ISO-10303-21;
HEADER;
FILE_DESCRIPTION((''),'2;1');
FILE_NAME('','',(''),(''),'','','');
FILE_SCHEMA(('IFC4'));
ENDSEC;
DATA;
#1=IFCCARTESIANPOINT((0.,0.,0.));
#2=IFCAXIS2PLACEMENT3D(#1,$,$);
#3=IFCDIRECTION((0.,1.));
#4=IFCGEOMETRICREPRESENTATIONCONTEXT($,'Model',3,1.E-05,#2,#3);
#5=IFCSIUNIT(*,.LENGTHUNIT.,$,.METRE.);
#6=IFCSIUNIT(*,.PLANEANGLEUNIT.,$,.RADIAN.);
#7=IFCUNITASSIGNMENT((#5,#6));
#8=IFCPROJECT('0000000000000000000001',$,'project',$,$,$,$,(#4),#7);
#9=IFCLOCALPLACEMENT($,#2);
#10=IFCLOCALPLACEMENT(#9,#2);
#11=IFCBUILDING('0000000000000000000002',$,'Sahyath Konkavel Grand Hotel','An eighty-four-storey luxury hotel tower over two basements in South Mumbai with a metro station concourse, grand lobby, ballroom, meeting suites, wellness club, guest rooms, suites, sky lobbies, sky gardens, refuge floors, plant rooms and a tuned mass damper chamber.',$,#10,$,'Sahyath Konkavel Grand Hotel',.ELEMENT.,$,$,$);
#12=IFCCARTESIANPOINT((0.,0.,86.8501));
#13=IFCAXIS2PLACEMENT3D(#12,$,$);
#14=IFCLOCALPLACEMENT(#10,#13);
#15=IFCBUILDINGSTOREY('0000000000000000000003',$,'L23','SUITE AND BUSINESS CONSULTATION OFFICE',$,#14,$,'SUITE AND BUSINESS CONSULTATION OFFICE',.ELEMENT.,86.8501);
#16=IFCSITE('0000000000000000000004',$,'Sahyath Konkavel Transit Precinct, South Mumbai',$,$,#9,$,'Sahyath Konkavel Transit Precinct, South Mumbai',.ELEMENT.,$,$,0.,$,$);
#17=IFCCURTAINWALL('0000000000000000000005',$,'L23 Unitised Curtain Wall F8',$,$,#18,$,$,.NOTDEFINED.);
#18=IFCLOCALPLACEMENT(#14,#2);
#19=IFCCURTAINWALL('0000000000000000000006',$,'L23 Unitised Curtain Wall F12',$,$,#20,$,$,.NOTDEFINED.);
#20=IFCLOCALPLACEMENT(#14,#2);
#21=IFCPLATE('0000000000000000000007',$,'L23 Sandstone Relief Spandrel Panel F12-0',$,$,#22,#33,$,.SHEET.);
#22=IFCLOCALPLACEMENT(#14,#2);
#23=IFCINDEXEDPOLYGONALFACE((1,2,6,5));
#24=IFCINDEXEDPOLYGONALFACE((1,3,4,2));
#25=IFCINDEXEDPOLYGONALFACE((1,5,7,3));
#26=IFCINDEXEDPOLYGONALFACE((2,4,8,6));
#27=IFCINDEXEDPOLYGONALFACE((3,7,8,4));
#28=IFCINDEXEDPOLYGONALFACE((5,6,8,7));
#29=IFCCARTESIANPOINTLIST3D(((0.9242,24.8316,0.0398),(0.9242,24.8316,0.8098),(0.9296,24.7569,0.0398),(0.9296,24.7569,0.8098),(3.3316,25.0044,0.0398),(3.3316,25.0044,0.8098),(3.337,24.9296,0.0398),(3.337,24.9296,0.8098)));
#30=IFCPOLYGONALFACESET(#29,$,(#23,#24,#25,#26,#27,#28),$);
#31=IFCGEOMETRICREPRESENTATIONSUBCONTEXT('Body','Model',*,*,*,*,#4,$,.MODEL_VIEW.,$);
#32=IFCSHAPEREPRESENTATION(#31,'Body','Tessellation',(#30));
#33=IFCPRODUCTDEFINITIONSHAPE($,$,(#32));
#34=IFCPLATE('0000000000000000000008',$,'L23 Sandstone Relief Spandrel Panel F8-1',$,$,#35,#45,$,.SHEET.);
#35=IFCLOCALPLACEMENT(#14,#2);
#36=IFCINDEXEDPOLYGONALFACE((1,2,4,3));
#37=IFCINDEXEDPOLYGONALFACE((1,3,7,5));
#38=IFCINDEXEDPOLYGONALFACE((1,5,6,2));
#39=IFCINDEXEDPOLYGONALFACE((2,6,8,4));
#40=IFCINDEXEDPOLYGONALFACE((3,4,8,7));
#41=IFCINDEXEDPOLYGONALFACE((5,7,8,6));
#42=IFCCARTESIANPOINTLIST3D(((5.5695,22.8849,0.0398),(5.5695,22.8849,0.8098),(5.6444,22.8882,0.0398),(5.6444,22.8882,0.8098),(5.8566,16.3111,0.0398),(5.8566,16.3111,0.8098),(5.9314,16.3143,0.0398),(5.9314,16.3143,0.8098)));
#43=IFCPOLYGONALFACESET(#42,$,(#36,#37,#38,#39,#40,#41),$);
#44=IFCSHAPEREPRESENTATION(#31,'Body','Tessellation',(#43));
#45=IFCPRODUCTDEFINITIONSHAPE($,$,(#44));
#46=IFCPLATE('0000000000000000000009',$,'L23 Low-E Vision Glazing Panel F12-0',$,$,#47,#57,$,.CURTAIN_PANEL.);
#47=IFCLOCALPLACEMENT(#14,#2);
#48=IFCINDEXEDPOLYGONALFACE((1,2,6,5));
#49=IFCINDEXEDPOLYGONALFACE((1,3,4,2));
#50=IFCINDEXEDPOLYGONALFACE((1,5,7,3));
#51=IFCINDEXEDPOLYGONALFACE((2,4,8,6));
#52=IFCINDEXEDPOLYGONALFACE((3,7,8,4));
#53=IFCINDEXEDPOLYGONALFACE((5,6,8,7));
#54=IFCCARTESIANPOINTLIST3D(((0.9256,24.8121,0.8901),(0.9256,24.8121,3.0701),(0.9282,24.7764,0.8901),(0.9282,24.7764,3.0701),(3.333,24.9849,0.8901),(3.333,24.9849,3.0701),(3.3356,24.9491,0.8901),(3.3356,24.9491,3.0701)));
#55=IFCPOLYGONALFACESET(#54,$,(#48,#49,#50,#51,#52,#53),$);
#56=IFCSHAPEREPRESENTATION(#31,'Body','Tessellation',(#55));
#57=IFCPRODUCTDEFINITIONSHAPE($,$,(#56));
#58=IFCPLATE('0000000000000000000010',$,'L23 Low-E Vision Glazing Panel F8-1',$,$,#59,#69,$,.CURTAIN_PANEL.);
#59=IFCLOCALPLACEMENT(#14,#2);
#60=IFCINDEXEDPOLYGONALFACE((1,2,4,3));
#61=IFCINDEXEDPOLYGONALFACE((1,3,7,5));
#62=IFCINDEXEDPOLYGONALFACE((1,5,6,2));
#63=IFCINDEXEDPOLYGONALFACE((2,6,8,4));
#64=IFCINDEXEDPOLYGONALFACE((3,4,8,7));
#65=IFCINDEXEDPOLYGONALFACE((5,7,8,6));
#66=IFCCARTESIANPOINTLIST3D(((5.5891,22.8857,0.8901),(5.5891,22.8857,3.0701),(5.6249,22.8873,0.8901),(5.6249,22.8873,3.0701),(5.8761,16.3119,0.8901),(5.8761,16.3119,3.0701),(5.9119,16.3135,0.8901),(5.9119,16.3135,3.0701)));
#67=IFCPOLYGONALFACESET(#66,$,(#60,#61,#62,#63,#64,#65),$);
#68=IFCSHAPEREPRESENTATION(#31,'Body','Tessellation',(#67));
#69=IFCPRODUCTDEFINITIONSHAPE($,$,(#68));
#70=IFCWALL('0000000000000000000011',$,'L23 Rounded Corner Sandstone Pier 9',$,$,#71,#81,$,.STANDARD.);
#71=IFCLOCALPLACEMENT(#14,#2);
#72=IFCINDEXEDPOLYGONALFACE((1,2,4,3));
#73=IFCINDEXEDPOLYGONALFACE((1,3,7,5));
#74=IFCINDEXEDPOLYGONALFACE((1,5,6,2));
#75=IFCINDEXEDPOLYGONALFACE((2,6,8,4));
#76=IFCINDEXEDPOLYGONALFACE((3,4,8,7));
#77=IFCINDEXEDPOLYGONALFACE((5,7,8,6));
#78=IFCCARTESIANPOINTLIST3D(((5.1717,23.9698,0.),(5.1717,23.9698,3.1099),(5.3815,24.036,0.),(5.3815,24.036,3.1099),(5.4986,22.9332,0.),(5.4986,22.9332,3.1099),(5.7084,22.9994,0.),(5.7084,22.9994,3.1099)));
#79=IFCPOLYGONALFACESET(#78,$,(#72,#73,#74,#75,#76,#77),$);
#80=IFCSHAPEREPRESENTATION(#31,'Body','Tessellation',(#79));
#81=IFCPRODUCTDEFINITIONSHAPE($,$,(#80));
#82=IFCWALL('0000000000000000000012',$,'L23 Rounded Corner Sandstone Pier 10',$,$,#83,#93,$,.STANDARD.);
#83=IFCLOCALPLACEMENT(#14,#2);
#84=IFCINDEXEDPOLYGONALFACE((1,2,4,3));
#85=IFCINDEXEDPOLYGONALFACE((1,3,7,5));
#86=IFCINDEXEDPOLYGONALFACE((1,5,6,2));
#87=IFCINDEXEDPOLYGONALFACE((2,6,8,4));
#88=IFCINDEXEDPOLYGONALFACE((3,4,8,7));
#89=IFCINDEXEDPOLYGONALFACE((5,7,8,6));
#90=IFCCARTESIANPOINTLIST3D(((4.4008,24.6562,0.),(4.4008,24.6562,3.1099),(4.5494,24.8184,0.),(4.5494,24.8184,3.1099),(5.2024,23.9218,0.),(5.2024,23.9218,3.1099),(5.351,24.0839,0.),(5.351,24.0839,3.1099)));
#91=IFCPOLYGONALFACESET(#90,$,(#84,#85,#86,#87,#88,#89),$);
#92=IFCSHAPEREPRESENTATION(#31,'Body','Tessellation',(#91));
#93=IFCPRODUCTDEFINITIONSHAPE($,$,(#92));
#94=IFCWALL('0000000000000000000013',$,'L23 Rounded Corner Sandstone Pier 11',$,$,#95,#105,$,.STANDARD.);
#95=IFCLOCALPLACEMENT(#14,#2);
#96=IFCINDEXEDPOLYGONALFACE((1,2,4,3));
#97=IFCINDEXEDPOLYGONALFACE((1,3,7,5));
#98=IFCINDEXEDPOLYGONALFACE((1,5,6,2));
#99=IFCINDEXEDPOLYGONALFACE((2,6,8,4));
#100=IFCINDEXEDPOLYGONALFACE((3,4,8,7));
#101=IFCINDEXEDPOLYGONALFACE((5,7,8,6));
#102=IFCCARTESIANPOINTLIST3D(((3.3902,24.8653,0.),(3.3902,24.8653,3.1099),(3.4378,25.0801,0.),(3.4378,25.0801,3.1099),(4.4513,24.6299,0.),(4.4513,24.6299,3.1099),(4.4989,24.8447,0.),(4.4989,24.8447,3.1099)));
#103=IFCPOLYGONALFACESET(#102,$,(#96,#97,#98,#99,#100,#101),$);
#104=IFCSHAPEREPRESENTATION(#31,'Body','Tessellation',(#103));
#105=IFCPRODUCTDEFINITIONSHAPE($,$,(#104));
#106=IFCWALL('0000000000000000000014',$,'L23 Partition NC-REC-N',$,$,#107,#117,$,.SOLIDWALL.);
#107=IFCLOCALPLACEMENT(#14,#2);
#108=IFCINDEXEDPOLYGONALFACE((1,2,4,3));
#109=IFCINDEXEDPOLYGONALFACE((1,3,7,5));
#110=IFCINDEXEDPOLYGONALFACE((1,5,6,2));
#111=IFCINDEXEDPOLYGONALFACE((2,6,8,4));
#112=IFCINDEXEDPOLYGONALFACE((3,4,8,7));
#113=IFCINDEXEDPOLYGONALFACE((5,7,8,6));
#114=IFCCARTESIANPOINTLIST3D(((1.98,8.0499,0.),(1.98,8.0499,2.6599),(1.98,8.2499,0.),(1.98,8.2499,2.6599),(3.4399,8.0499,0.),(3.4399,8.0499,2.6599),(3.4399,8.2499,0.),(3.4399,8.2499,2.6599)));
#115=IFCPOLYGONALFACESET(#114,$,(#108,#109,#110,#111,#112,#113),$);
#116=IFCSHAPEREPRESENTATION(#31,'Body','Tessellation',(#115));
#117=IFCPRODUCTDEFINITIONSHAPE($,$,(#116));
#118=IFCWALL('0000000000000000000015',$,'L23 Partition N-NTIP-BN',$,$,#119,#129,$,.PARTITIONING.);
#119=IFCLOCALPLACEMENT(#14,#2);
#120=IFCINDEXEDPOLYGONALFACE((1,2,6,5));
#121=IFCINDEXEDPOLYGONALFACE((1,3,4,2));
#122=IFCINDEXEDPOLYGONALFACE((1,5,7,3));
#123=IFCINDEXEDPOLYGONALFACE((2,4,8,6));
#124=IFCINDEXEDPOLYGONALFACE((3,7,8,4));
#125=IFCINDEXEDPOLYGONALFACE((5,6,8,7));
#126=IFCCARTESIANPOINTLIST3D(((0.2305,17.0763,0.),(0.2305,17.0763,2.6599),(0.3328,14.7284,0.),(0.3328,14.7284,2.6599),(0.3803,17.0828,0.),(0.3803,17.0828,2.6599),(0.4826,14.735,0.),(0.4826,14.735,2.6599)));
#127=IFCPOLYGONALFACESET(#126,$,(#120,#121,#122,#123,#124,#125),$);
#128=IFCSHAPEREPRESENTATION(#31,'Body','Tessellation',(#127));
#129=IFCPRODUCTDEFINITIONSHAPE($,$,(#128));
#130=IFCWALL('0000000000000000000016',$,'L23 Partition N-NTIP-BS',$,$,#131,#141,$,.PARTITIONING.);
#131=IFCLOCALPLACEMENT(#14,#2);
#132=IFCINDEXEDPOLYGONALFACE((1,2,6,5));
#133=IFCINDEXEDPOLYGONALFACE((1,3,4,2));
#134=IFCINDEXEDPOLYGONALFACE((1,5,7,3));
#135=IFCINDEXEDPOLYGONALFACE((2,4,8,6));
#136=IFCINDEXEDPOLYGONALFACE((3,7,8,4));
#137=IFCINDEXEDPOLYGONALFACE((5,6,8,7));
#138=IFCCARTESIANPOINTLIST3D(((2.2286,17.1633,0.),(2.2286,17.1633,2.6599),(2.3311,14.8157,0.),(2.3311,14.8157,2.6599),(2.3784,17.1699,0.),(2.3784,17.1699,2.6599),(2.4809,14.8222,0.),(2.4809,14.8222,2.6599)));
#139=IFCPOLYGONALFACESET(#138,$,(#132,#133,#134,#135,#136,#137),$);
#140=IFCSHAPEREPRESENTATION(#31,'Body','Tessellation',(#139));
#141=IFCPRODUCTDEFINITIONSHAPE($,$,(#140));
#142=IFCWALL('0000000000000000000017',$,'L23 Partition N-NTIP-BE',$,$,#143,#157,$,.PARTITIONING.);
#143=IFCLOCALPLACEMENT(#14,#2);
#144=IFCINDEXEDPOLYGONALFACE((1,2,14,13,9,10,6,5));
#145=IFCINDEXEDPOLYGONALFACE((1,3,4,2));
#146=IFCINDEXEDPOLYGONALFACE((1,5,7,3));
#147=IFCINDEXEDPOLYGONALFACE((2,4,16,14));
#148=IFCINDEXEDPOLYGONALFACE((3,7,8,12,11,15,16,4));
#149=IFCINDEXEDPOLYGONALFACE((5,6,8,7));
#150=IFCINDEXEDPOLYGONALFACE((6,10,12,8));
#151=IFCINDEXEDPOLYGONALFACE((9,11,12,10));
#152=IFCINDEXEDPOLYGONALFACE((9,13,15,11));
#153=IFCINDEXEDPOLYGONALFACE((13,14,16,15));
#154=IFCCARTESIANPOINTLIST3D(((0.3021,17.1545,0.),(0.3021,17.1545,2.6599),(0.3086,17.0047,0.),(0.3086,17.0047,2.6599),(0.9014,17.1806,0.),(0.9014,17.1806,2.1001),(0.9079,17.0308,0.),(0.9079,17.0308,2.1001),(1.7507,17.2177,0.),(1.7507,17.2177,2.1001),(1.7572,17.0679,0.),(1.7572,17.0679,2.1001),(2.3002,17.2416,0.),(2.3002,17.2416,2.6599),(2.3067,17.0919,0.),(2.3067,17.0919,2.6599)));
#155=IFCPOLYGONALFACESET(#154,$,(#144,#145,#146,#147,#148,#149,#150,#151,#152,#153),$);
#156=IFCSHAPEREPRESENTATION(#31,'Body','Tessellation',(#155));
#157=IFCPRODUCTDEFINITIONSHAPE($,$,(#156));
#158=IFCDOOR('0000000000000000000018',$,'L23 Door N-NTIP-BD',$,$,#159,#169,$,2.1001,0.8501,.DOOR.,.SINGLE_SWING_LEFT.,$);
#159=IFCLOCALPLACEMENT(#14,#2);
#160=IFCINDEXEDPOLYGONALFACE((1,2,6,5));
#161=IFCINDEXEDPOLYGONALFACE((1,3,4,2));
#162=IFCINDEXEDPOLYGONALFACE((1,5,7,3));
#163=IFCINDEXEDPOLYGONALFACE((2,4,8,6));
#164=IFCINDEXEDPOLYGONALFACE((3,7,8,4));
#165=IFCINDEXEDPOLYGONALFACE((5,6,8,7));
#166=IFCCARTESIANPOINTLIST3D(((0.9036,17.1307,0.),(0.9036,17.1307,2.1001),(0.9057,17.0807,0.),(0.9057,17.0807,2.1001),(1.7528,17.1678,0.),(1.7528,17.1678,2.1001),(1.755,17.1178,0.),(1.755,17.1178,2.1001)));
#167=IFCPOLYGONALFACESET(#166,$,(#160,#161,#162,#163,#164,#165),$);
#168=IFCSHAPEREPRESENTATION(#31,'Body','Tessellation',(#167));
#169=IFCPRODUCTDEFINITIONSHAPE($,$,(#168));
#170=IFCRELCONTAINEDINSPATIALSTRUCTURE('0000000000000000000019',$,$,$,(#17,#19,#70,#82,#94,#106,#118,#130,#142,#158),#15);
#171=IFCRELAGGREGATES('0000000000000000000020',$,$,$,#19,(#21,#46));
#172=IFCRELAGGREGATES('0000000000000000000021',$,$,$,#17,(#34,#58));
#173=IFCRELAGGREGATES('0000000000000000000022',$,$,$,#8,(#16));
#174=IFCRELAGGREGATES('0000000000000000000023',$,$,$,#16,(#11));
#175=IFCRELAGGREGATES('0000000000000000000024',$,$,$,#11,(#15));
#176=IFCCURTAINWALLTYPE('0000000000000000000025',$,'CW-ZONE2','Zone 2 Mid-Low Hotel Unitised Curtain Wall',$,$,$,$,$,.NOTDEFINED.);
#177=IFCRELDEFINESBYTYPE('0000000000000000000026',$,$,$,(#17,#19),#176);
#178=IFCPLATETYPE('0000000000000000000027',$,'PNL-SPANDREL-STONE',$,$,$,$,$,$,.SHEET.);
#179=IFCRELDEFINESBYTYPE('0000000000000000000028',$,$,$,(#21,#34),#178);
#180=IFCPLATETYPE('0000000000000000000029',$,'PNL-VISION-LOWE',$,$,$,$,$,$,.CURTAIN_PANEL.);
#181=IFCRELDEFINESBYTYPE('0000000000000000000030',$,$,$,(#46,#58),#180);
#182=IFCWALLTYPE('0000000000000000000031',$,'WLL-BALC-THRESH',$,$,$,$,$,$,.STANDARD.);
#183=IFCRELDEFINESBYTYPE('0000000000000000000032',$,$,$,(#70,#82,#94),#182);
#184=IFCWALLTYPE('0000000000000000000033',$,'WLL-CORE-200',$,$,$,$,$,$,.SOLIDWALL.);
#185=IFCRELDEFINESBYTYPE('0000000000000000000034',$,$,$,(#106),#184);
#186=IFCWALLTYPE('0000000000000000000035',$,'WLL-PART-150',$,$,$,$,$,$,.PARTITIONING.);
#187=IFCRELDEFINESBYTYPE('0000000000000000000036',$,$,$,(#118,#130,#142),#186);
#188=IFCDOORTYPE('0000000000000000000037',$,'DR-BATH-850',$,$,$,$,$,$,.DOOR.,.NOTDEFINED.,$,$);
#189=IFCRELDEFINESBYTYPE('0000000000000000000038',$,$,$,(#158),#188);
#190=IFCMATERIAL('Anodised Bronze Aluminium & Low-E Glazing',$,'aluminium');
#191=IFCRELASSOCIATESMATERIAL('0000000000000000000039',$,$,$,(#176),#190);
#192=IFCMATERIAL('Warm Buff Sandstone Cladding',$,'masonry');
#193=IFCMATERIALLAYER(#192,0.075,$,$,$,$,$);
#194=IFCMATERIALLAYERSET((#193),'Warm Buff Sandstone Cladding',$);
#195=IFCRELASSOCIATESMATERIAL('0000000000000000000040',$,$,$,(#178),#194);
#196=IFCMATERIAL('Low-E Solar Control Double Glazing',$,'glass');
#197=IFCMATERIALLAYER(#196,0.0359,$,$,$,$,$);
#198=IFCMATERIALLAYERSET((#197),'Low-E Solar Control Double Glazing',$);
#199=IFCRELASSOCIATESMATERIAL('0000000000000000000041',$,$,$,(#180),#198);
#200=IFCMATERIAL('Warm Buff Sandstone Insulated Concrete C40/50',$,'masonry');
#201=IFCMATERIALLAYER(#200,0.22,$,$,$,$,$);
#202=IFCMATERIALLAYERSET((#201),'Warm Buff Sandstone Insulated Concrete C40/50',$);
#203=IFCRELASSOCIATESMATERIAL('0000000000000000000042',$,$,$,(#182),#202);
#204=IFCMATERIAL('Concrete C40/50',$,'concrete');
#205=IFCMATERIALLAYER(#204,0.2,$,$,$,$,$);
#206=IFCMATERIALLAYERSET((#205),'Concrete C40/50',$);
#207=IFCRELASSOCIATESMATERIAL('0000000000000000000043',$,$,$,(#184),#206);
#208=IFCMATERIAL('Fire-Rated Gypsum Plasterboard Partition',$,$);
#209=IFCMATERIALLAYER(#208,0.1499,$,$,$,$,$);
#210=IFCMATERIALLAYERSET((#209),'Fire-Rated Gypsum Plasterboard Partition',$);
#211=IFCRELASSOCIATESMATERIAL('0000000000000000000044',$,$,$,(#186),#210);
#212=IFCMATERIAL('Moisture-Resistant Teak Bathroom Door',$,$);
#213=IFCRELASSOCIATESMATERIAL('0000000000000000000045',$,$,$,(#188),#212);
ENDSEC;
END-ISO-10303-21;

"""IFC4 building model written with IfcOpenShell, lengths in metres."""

from ifc_helpers import new_model, si_unit, direction, frame, frame_2d, origin, origin_2d, place, context, subcontext, project, spatial, rectangle, extrude, source, transform, mapped, material, layer, layer_set, type_object, element, fill, aggregate, save


model = new_model("IFC4")

# Units and contexts
model_context = context("Model", 3, precision=1e-05, world=origin(), true_north=direction((0.0, 1.0)))
body_context = subcontext(model_context, "Body", "Model", "MODEL_VIEW")
ifc_project = project(units=[si_unit("LENGTHUNIT", "METRE"), si_unit("PLANEANGLEUNIT", "RADIAN")], contexts=[model_context])

# Site, building, storey
site_placement = place(None, origin())
site = spatial("IfcSite", under=ifc_project, at=site_placement, Name="Sahyath Konkavel Transit Precinct, South Mumbai", LongName="Sahyath Konkavel Transit Precinct, South Mumbai", CompositionType="ELEMENT", RefElevation=0.0)
building_placement = place(site_placement, origin())
building = spatial("IfcBuilding", under=site, at=building_placement, Name="Sahyath Konkavel Grand Hotel", Description="An eighty-four-storey luxury hotel tower over two basements in South Mumbai with a metro station concourse, grand lobby, ballroom, meeting suites, wellness club, guest rooms, suites, sky lobbies, sky gardens, refuge floors, plant rooms and a tuned mass damper chamber.", LongName="Sahyath Konkavel Grand Hotel", CompositionType="ELEMENT")
storey_placement = place(building_placement, frame((0.0, 0.0, 86.8501)))
storey = spatial("IfcBuildingStorey", under=building, at=storey_placement, Name="L23", Description="SUITE AND BUSINESS CONSULTATION OFFICE", LongName="SUITE AND BUSINESS CONSULTATION OFFICE", CompositionType="ELEMENT", Elevation=86.8501)

# Curtain wall
ifc_material_1 = material(Name="Anodised Bronze Aluminium & Low-E Glazing", Category="aluminium")
curtain_wall_type = type_object("IfcCurtainWallType", Name="CW-ZONE2", Description="Zone 2 Mid-Low Hotel Unitised Curtain Wall", PredefinedType="NOTDEFINED", material=ifc_material_1)
curtain_wall_1_placement = place(storey_placement, origin())
curtain_wall_1 = element("IfcCurtainWall", 1, at=curtain_wall_1_placement, inside=storey, type_object=curtain_wall_type, Name="L23 Unitised Curtain Wall F8", PredefinedType="NOTDEFINED")

# Curtain wall, plate
curtain_wall_2_placement = place(storey_placement, origin())
curtain_wall_2 = element("IfcCurtainWall", 2, at=curtain_wall_2_placement, inside=storey, type_object=curtain_wall_type, Name="L23 Unitised Curtain Wall F12", PredefinedType="NOTDEFINED")
ifc_material_2 = material(Name="Warm Buff Sandstone Cladding", Category="masonry")
ifc_layer_1 = layer(ifc_material_2, 0.075)
ifc_layer_set_1 = layer_set([ifc_layer_1], Name="Warm Buff Sandstone Cladding")
plate_type_1 = type_object("IfcPlateType", Name="PNL-SPANDREL-STONE", PredefinedType="SHEET", material=ifc_layer_set_1)
shared_shape_1 = source(origin(), body_context, "Body", "SweptSolid", [
    extrude(rectangle(XDim=2.4136, YDim=0.075, at=origin_2d()), origin(), (0.0, 0.0, 1.0), 0.77),
])
plate_1_placement = place(storey_placement, frame((2.1306, 24.8806, 0.0398), z_axis=(0.0, 0.0, 1.0), x_axis=(-0.997436, -0.071567, 0.0)))
plate_1 = element("IfcPlate", 3, at=plate_1_placement, type_object=plate_type_1, Name="L23 Sandstone Relief Spandrel Panel F12-0", PredefinedType="SHEET", context=body_context, shape_type="MappedRepresentation", body=[
    mapped(shared_shape_1, transform((0.0, 0.0, 0.0), scale=1.0)),
])

# Plates
shared_shape_2 = source(origin(), body_context, "Body", "SweptSolid", [
    extrude(rectangle(XDim=6.5801, YDim=0.075, at=origin_2d()), origin(), (0.0, 0.0, 1.0), 0.77),
])
plate_2_placement = place(storey_placement, frame((5.7505, 19.5996, 0.0398), z_axis=(0.0, 0.0, 1.0), x_axis=(-0.043619, 0.999048, 0.0)))
plate_2 = element("IfcPlate", 4, at=plate_2_placement, type_object=plate_type_1, Name="L23 Sandstone Relief Spandrel Panel F8-1", PredefinedType="SHEET", context=body_context, shape_type="MappedRepresentation", body=[
    mapped(shared_shape_2, transform((0.0, 0.0, 0.0), scale=1.0)),
])
ifc_material_3 = material(Name="Low-E Solar Control Double Glazing", Category="glass")
ifc_layer_2 = layer(ifc_material_3, 0.0359)
ifc_layer_set_2 = layer_set([ifc_layer_2], Name="Low-E Solar Control Double Glazing")
plate_type_2 = type_object("IfcPlateType", Name="PNL-VISION-LOWE", PredefinedType="CURTAIN_PANEL", material=ifc_layer_set_2)
shared_shape_3 = source(origin(), body_context, "Body", "SweptSolid", [
    extrude(rectangle(XDim=2.4136, YDim=0.0359, at=origin_2d()), origin(), (0.0, 0.0, 1.0), 2.1799),
])
plate_3_placement = place(storey_placement, frame((2.1306, 24.8806, 0.8901), z_axis=(0.0, 0.0, 1.0), x_axis=(-0.997436, -0.071567, 0.0)))
plate_3 = element("IfcPlate", 5, at=plate_3_placement, type_object=plate_type_2, Name="L23 Low-E Vision Glazing Panel F12-0", PredefinedType="CURTAIN_PANEL", context=body_context, shape_type="MappedRepresentation", body=[
    mapped(shared_shape_3, transform((0.0, 0.0, 0.0), scale=1.0)),
])
aggregate(curtain_wall_2, [plate_1, plate_3])
shared_shape_4 = source(origin(), body_context, "Body", "SweptSolid", [
    extrude(rectangle(XDim=6.5801, YDim=0.0359, at=origin_2d()), origin(), (0.0, 0.0, 1.0), 2.1799),
])
plate_4_placement = place(storey_placement, frame((5.7505, 19.5996, 0.8901), z_axis=(0.0, 0.0, 1.0), x_axis=(-0.043619, 0.999048, 0.0)))
plate_4 = element("IfcPlate", 6, at=plate_4_placement, type_object=plate_type_2, Name="L23 Low-E Vision Glazing Panel F8-1", PredefinedType="CURTAIN_PANEL", context=body_context, shape_type="MappedRepresentation", body=[
    mapped(shared_shape_4, transform((0.0, 0.0, 0.0), scale=1.0)),
])
aggregate(curtain_wall_1, [plate_2, plate_4])

# Walls
ifc_material_4 = material(Name="Warm Buff Sandstone Insulated Concrete C40/50", Category="masonry")
ifc_layer_3 = layer(ifc_material_4, 0.22)
ifc_layer_set_3 = layer_set([ifc_layer_3], Name="Warm Buff Sandstone Insulated Concrete C40/50")
wall_type_1 = type_object("IfcWallType", Name="WLL-BALC-THRESH", PredefinedType="STANDARD", material=ifc_layer_set_3)
wall_1_placement = place(storey_placement, frame((5.6035, 22.9663, 0.0), z_axis=(0.0, 0.0, 1.0), x_axis=(-0.300755, 0.953701, 0.0)))
element("IfcWall", 7, at=wall_1_placement, inside=storey, type_object=wall_type_1, Name="L23 Rounded Corner Sandstone Pier 9", PredefinedType="STANDARD", context=body_context, shape_type="SweptSolid", body=[
    extrude(rectangle(XDim=1.0869, YDim=0.22, at=frame_2d((0.5435, 0.0))), origin(), (0.0, 0.0, 1.0), 3.1099),
])
wall_2_placement = place(storey_placement, frame((5.2766, 24.0029, 0.0), z_axis=(0.0, 0.0, 1.0), x_axis=(-0.737313, 0.675552, 0.0)))
element("IfcWall", 8, at=wall_2_placement, inside=storey, type_object=wall_type_1, Name="L23 Rounded Corner Sandstone Pier 10", PredefinedType="STANDARD", context=body_context, shape_type="SweptSolid", body=[
    extrude(rectangle(XDim=1.0872, YDim=0.22, at=frame_2d((0.5435, 0.0))), origin(), (0.0, 0.0, 1.0), 3.1099),
])
wall_3_placement = place(storey_placement, frame((4.4751, 24.7373, 0.0), z_axis=(0.0, 0.0, 1.0), x_axis=(-0.976272, 0.21655, 0.0)))
element("IfcWall", 9, at=wall_3_placement, inside=storey, type_object=wall_type_1, Name="L23 Rounded Corner Sandstone Pier 11", PredefinedType="STANDARD", context=body_context, shape_type="SweptSolid", body=[
    extrude(rectangle(XDim=1.0869, YDim=0.22, at=frame_2d((0.5435, 0.0))), origin(), (0.0, 0.0, 1.0), 3.1099),
])
ifc_material_5 = material(Name="Concrete C40/50", Category="concrete")
ifc_layer_4 = layer(ifc_material_5, 0.2)
ifc_layer_set_4 = layer_set([ifc_layer_4], Name="Concrete C40/50")
wall_type_2 = type_object("IfcWallType", Name="WLL-CORE-200", PredefinedType="SOLIDWALL", material=ifc_layer_set_4)
wall_4_placement = place(storey_placement, frame((1.98, 8.1499, 0.0), z_axis=(0.0, 0.0, 1.0), x_axis=(1.0, 0.0, 0.0)))
element("IfcWall", 10, at=wall_4_placement, inside=storey, type_object=wall_type_2, Name="L23 Partition NC-REC-N", PredefinedType="SOLIDWALL", context=body_context, shape_type="SweptSolid", body=[
    extrude(rectangle(XDim=1.46, YDim=0.2, at=frame_2d((0.73, 0.0))), origin(), (0.0, 0.0, 1.0), 2.6599),
])
ifc_material_6 = material(Name="Fire-Rated Gypsum Plasterboard Partition")
ifc_layer_5 = layer(ifc_material_6, 0.1499)
ifc_layer_set_5 = layer_set([ifc_layer_5], Name="Fire-Rated Gypsum Plasterboard Partition")
wall_type_3 = type_object("IfcWallType", Name="WLL-PART-150", PredefinedType="PARTITIONING", material=ifc_layer_set_5)
wall_5_placement = place(storey_placement, frame((0.4077, 14.7317, 0.0), z_axis=(0.0, 0.0, 1.0), x_axis=(-0.043527, 0.999052, 0.0)))
element("IfcWall", 11, at=wall_5_placement, inside=storey, type_object=wall_type_3, Name="L23 Partition N-NTIP-BN", PredefinedType="PARTITIONING", context=body_context, shape_type="SweptSolid", body=[
    extrude(rectangle(XDim=2.3501, YDim=0.1499, at=frame_2d((1.175, 0.0))), origin(), (0.0, 0.0, 1.0), 2.6599),
])
wall_6_placement = place(storey_placement, frame((2.406, 14.8191, 0.0), z_axis=(0.0, 0.0, 1.0), x_axis=(-0.043636, 0.999048, 0.0)))
element("IfcWall", 12, at=wall_6_placement, inside=storey, type_object=wall_type_3, Name="L23 Partition N-NTIP-BS", PredefinedType="PARTITIONING", context=body_context, shape_type="SweptSolid", body=[
    extrude(rectangle(XDim=2.3499, YDim=0.1499, at=frame_2d((1.1748, 0.0))), origin(), (0.0, 0.0, 1.0), 2.6599),
])

# Wall, opening, door
wall_7_placement = place(storey_placement, frame((2.3035, 17.1667, 0.0), z_axis=(0.0, 0.0, 1.0), x_axis=(-0.99905, -0.04358, 0.0)))
wall_7 = element("IfcWall", 13, at=wall_7_placement, inside=storey, type_object=wall_type_3, Name="L23 Partition N-NTIP-BE", PredefinedType="PARTITIONING", context=body_context, shape_type="SweptSolid", body=[
    extrude(rectangle(XDim=2.0, YDim=0.1499, at=frame_2d((1.0, 0.0))), origin(), (0.0, 0.0, 1.0), 2.6599),
])
opening_placement = place(wall_7_placement, frame((0.55, 0.0, 0.0)))
opening = element("IfcOpeningElement", 14, at=opening_placement, cuts=wall_7, PredefinedType="OPENING", context=body_context, shape_type="SweptSolid", body=[
    extrude(rectangle(XDim=0.8501, YDim=2.1001, at=frame_2d((0.425, 1.05))), frame((0.0, 0.085, 0.0), z_axis=(0.0, -1.0, 0.0), x_axis=(1.0, 0.0, 0.0)), (0.0, 0.0, 1.0), 0.1699),
])
ifc_material_7 = material(Name="Moisture-Resistant Teak Bathroom Door")
door_type = type_object("IfcDoorType", Name="DR-BATH-850", OperationType="NOTDEFINED", PredefinedType="DOOR", material=ifc_material_7)
shared_shape_5 = source(origin(), body_context, "Body", "SweptSolid", [
    extrude(rectangle(XDim=0.8501, YDim=0.05, at=origin_2d()), origin(), (0.0, 0.0, 1.0), 2.1001),
])
door_placement = place(opening_placement, frame((0.425, 0.0, 0.0)))
door = element("IfcDoor", 15, at=door_placement, inside=storey, type_object=door_type, Name="L23 Door N-NTIP-BD", OperationType="SINGLE_SWING_LEFT", OverallHeight=2.1001, OverallWidth=0.8501, PredefinedType="DOOR", context=body_context, shape_type="MappedRepresentation", body=[
    mapped(shared_shape_5, transform((0.0, 0.0, 0.0), scale=1.0)),
])
fill(opening, door)

save(model, "model.ifc")
